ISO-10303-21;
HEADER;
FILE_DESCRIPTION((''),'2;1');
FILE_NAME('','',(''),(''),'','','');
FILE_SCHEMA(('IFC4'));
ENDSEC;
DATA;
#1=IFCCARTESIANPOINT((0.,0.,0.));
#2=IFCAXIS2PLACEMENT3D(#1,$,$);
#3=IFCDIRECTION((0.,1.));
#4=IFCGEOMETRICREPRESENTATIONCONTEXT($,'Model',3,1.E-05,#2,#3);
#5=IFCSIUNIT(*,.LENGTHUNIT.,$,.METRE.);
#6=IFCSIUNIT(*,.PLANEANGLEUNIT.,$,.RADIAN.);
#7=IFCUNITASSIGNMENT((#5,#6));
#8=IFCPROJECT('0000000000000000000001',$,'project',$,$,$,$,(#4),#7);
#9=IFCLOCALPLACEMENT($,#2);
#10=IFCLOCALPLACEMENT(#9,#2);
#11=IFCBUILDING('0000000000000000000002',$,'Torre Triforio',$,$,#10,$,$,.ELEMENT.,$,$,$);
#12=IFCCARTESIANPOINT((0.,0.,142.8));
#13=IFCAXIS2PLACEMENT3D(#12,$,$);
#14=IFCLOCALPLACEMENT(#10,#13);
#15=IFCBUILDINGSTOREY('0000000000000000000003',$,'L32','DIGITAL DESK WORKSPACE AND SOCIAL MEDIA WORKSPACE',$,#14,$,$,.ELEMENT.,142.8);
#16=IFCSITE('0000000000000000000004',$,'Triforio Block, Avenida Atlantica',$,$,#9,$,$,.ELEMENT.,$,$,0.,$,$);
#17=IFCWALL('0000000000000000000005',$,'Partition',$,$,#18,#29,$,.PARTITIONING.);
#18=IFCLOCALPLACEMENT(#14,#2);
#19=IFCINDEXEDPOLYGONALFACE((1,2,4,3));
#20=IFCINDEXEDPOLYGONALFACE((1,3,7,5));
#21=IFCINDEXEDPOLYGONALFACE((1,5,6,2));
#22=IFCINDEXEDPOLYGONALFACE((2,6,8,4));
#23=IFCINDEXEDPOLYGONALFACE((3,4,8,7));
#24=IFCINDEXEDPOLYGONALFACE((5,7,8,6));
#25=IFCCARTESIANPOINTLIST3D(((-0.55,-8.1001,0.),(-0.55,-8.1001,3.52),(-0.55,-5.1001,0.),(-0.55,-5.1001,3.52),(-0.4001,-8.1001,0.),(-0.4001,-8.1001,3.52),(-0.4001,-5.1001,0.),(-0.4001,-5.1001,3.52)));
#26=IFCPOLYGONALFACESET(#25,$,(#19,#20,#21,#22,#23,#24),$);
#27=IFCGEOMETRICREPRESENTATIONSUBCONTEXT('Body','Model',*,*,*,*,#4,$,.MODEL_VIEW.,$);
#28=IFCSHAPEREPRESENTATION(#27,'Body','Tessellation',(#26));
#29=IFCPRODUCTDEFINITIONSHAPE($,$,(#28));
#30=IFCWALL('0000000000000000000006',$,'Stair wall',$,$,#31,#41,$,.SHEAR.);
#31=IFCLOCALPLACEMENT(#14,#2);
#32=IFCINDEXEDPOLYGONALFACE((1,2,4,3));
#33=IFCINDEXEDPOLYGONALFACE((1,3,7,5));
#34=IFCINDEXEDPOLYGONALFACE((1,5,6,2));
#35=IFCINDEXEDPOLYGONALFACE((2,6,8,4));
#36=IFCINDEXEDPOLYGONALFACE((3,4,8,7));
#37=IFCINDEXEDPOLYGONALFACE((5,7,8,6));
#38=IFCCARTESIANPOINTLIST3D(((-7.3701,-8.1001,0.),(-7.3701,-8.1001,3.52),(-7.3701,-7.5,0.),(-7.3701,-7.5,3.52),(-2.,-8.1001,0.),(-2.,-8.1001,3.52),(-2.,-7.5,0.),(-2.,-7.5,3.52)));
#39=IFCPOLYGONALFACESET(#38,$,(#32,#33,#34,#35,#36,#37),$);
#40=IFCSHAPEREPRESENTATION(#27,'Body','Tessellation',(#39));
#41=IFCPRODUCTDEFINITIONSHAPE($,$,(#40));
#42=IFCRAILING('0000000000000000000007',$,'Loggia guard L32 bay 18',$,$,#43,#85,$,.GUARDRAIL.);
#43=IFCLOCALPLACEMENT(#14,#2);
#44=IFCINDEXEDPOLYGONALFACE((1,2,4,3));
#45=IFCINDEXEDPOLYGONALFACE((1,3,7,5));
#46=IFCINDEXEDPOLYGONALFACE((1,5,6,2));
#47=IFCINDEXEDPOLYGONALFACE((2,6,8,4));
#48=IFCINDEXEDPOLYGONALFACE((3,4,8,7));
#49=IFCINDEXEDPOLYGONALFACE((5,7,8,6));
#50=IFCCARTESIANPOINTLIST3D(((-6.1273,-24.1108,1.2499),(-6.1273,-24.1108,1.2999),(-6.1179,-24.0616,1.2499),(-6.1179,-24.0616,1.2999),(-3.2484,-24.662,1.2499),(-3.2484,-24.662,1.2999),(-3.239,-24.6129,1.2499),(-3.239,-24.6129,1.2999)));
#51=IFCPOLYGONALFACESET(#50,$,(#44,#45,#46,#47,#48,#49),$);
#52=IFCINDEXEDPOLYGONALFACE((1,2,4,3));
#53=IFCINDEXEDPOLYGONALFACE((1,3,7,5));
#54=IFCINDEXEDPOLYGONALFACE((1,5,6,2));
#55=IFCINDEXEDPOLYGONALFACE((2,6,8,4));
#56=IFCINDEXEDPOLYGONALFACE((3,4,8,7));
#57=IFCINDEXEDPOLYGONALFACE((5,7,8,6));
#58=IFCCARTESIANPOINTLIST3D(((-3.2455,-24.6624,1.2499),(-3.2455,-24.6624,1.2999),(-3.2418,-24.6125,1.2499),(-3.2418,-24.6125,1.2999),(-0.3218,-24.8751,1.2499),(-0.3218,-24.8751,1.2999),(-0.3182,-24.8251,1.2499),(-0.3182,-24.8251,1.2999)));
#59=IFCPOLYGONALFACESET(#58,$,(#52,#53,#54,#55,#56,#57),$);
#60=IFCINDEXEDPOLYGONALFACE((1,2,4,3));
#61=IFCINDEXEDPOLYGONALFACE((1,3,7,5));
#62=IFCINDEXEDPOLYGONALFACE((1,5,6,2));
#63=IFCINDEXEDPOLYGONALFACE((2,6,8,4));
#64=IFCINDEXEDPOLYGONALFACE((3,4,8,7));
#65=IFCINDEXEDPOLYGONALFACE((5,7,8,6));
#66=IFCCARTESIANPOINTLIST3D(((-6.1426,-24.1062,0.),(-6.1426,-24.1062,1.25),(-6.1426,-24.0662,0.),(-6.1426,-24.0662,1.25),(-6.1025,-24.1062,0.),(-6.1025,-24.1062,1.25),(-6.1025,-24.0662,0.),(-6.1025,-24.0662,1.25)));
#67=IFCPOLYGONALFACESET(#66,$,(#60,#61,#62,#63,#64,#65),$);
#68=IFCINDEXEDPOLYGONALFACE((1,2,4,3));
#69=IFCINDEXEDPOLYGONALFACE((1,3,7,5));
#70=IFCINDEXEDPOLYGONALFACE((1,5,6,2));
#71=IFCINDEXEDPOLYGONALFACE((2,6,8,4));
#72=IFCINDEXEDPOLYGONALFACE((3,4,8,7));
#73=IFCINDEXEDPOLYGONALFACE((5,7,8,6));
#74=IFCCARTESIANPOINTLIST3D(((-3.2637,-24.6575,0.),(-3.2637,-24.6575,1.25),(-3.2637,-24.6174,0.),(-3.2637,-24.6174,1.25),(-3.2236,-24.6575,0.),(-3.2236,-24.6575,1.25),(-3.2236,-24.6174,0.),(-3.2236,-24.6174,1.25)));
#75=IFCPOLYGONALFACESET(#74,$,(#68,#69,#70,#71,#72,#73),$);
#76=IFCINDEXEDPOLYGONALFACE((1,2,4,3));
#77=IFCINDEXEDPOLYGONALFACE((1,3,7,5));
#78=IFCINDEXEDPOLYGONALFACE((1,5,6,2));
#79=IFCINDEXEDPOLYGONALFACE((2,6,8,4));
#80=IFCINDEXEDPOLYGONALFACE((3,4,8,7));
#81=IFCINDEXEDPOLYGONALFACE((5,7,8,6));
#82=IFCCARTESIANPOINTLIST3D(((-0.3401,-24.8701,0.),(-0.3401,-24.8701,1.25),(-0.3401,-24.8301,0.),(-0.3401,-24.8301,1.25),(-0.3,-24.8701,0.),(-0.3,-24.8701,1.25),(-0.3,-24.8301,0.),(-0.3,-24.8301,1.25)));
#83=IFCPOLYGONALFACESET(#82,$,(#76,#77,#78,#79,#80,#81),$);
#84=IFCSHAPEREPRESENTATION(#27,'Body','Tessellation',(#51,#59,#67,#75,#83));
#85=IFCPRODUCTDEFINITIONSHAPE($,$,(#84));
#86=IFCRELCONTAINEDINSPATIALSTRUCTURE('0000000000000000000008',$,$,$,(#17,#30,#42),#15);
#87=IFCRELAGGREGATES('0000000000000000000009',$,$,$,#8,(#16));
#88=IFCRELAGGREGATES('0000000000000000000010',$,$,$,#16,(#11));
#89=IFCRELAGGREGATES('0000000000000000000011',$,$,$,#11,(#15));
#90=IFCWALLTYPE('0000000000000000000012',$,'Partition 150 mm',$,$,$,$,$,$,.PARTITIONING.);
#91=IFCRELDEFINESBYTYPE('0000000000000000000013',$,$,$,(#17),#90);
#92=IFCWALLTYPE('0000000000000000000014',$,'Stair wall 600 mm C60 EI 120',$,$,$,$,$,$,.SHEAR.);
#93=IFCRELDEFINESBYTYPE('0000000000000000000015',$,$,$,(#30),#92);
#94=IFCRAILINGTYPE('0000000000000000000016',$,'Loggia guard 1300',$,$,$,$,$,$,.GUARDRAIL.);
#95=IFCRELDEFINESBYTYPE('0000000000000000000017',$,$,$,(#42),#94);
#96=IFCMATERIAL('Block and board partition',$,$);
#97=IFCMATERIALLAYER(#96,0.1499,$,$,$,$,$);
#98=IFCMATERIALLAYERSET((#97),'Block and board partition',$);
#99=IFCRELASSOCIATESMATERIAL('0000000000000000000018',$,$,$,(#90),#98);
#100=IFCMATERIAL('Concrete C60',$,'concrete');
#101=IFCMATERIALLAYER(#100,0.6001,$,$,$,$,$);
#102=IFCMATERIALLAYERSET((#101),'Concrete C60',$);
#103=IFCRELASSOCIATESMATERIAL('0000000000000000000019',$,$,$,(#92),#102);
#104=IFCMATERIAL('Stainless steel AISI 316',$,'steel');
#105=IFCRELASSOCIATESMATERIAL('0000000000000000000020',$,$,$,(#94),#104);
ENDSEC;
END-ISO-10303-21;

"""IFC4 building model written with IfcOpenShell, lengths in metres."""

from ifc_helpers import new_model, si_unit, direction, frame, frame_2d, origin, origin_2d, place, context, subcontext, project, spatial, rectangle, extrude, material, layer, layer_set, type_object, element, save


model = new_model("IFC4")

# Units and contexts
model_context = context("Model", 3, precision=1e-05, world=origin(), true_north=direction((0.0, 1.0)))
body_context = subcontext(model_context, "Body", "Model", "MODEL_VIEW")
ifc_project = project(units=[si_unit("LENGTHUNIT", "METRE"), si_unit("PLANEANGLEUNIT", "RADIAN")], contexts=[model_context])

# Site, building, storey
site_placement = place(None, origin())
site = spatial("IfcSite", under=ifc_project, at=site_placement, Name="Triforio Block, Avenida Atlantica", CompositionType="ELEMENT", RefElevation=0.0)
building_placement = place(site_placement, origin())
building = spatial("IfcBuilding", under=site, at=building_placement, Name="Torre Triforio", CompositionType="ELEMENT")
storey_placement = place(building_placement, frame((0.0, 0.0, 142.8)))
storey = spatial("IfcBuildingStorey", under=building, at=storey_placement, Name="L32", Description="DIGITAL DESK WORKSPACE AND SOCIAL MEDIA WORKSPACE", CompositionType="ELEMENT", Elevation=142.8)

# Shared definitions
ifc_material_1 = material(Name="Concrete C60", Category="concrete")

# Walls
ifc_material_2 = material(Name="Block and board partition")
ifc_layer_1 = layer(ifc_material_2, 0.1499)
ifc_layer_set_1 = layer_set([ifc_layer_1], Name="Block and board partition")
wall_type_1 = type_object("IfcWallType", Name="Partition 150 mm", PredefinedType="PARTITIONING", material=ifc_layer_set_1)
wall_1_placement = place(storey_placement, frame((-0.4751, -8.1001, 0.0), z_axis=(0.0, 0.0, 1.0), x_axis=(0.0, 1.0, 0.0)))
element("IfcWall", 1, at=wall_1_placement, inside=storey, type_object=wall_type_1, Name="Partition", PredefinedType="PARTITIONING", context=body_context, shape_type="SweptSolid", body=[
    extrude(rectangle(XDim=3.0, YDim=0.1499, at=frame_2d((1.5, 0.0))), origin(), (0.0, 0.0, 1.0), 3.52),
])
ifc_layer_2 = layer(ifc_material_1, 0.6001)
ifc_layer_set_2 = layer_set([ifc_layer_2], Name="Concrete C60")
wall_type_2 = type_object("IfcWallType", Name="Stair wall 600 mm C60 EI 120", PredefinedType="SHEAR", material=ifc_layer_set_2)
wall_2_placement = place(storey_placement, frame((-7.3701, -7.8, 0.0), z_axis=(0.0, 0.0, 1.0), x_axis=(1.0, 0.0, 0.0)))
element("IfcWall", 2, at=wall_2_placement, inside=storey, type_object=wall_type_2, Name="Stair wall", PredefinedType="SHEAR", context=body_context, shape_type="SweptSolid", body=[
    extrude(rectangle(XDim=5.3701, YDim=0.6001, at=frame_2d((2.6851, 0.0))), origin(), (0.0, 0.0, 1.0), 3.52),
])

# Railing
ifc_material_3 = material(Name="Stainless steel AISI 316", Category="steel")
railing_type = type_object("IfcRailingType", Name="Loggia guard 1300", PredefinedType="GUARDRAIL", material=ifc_material_3)
railing_placement = place(storey_placement, frame((-6.1226, -24.0862, 0.0)))
element("IfcRailing", 3, at=railing_placement, inside=storey, type_object=railing_type, Name="Loggia guard L32 bay 18", PredefinedType="GUARDRAIL", context=body_context, shape_type="SweptSolid", body=[
    extrude(rectangle(XDim=0.05, YDim=0.05, at=origin_2d()), frame((0.0, 0.0, 1.2749), z_axis=(0.982156, -0.188069, 0.0), x_axis=(0.188069, 0.982156, 0.0)), (0.0, 0.0, 1.0), 2.9312),
    extrude(rectangle(XDim=0.05, YDim=0.05, at=origin_2d()), frame((2.8789, -0.5513, 1.2749), z_axis=(0.997365, -0.072543, 0.0), x_axis=(0.072543, 0.997365, 0.0)), (0.0, 0.0, 1.0), 2.9314),
    extrude(rectangle(XDim=0.04, YDim=0.04, at=origin_2d()), origin(), (0.0, 0.0, 1.0), 1.25),
    extrude(rectangle(XDim=0.04, YDim=0.04, at=origin_2d()), frame((2.8789, -0.5513, 0.0)), (0.0, 0.0, 1.0), 1.25),
    extrude(rectangle(XDim=0.04, YDim=0.04, at=origin_2d()), frame((5.8025, -0.7639, 0.0)), (0.0, 0.0, 1.0), 1.25),
])

save(model, "model.ifc")
